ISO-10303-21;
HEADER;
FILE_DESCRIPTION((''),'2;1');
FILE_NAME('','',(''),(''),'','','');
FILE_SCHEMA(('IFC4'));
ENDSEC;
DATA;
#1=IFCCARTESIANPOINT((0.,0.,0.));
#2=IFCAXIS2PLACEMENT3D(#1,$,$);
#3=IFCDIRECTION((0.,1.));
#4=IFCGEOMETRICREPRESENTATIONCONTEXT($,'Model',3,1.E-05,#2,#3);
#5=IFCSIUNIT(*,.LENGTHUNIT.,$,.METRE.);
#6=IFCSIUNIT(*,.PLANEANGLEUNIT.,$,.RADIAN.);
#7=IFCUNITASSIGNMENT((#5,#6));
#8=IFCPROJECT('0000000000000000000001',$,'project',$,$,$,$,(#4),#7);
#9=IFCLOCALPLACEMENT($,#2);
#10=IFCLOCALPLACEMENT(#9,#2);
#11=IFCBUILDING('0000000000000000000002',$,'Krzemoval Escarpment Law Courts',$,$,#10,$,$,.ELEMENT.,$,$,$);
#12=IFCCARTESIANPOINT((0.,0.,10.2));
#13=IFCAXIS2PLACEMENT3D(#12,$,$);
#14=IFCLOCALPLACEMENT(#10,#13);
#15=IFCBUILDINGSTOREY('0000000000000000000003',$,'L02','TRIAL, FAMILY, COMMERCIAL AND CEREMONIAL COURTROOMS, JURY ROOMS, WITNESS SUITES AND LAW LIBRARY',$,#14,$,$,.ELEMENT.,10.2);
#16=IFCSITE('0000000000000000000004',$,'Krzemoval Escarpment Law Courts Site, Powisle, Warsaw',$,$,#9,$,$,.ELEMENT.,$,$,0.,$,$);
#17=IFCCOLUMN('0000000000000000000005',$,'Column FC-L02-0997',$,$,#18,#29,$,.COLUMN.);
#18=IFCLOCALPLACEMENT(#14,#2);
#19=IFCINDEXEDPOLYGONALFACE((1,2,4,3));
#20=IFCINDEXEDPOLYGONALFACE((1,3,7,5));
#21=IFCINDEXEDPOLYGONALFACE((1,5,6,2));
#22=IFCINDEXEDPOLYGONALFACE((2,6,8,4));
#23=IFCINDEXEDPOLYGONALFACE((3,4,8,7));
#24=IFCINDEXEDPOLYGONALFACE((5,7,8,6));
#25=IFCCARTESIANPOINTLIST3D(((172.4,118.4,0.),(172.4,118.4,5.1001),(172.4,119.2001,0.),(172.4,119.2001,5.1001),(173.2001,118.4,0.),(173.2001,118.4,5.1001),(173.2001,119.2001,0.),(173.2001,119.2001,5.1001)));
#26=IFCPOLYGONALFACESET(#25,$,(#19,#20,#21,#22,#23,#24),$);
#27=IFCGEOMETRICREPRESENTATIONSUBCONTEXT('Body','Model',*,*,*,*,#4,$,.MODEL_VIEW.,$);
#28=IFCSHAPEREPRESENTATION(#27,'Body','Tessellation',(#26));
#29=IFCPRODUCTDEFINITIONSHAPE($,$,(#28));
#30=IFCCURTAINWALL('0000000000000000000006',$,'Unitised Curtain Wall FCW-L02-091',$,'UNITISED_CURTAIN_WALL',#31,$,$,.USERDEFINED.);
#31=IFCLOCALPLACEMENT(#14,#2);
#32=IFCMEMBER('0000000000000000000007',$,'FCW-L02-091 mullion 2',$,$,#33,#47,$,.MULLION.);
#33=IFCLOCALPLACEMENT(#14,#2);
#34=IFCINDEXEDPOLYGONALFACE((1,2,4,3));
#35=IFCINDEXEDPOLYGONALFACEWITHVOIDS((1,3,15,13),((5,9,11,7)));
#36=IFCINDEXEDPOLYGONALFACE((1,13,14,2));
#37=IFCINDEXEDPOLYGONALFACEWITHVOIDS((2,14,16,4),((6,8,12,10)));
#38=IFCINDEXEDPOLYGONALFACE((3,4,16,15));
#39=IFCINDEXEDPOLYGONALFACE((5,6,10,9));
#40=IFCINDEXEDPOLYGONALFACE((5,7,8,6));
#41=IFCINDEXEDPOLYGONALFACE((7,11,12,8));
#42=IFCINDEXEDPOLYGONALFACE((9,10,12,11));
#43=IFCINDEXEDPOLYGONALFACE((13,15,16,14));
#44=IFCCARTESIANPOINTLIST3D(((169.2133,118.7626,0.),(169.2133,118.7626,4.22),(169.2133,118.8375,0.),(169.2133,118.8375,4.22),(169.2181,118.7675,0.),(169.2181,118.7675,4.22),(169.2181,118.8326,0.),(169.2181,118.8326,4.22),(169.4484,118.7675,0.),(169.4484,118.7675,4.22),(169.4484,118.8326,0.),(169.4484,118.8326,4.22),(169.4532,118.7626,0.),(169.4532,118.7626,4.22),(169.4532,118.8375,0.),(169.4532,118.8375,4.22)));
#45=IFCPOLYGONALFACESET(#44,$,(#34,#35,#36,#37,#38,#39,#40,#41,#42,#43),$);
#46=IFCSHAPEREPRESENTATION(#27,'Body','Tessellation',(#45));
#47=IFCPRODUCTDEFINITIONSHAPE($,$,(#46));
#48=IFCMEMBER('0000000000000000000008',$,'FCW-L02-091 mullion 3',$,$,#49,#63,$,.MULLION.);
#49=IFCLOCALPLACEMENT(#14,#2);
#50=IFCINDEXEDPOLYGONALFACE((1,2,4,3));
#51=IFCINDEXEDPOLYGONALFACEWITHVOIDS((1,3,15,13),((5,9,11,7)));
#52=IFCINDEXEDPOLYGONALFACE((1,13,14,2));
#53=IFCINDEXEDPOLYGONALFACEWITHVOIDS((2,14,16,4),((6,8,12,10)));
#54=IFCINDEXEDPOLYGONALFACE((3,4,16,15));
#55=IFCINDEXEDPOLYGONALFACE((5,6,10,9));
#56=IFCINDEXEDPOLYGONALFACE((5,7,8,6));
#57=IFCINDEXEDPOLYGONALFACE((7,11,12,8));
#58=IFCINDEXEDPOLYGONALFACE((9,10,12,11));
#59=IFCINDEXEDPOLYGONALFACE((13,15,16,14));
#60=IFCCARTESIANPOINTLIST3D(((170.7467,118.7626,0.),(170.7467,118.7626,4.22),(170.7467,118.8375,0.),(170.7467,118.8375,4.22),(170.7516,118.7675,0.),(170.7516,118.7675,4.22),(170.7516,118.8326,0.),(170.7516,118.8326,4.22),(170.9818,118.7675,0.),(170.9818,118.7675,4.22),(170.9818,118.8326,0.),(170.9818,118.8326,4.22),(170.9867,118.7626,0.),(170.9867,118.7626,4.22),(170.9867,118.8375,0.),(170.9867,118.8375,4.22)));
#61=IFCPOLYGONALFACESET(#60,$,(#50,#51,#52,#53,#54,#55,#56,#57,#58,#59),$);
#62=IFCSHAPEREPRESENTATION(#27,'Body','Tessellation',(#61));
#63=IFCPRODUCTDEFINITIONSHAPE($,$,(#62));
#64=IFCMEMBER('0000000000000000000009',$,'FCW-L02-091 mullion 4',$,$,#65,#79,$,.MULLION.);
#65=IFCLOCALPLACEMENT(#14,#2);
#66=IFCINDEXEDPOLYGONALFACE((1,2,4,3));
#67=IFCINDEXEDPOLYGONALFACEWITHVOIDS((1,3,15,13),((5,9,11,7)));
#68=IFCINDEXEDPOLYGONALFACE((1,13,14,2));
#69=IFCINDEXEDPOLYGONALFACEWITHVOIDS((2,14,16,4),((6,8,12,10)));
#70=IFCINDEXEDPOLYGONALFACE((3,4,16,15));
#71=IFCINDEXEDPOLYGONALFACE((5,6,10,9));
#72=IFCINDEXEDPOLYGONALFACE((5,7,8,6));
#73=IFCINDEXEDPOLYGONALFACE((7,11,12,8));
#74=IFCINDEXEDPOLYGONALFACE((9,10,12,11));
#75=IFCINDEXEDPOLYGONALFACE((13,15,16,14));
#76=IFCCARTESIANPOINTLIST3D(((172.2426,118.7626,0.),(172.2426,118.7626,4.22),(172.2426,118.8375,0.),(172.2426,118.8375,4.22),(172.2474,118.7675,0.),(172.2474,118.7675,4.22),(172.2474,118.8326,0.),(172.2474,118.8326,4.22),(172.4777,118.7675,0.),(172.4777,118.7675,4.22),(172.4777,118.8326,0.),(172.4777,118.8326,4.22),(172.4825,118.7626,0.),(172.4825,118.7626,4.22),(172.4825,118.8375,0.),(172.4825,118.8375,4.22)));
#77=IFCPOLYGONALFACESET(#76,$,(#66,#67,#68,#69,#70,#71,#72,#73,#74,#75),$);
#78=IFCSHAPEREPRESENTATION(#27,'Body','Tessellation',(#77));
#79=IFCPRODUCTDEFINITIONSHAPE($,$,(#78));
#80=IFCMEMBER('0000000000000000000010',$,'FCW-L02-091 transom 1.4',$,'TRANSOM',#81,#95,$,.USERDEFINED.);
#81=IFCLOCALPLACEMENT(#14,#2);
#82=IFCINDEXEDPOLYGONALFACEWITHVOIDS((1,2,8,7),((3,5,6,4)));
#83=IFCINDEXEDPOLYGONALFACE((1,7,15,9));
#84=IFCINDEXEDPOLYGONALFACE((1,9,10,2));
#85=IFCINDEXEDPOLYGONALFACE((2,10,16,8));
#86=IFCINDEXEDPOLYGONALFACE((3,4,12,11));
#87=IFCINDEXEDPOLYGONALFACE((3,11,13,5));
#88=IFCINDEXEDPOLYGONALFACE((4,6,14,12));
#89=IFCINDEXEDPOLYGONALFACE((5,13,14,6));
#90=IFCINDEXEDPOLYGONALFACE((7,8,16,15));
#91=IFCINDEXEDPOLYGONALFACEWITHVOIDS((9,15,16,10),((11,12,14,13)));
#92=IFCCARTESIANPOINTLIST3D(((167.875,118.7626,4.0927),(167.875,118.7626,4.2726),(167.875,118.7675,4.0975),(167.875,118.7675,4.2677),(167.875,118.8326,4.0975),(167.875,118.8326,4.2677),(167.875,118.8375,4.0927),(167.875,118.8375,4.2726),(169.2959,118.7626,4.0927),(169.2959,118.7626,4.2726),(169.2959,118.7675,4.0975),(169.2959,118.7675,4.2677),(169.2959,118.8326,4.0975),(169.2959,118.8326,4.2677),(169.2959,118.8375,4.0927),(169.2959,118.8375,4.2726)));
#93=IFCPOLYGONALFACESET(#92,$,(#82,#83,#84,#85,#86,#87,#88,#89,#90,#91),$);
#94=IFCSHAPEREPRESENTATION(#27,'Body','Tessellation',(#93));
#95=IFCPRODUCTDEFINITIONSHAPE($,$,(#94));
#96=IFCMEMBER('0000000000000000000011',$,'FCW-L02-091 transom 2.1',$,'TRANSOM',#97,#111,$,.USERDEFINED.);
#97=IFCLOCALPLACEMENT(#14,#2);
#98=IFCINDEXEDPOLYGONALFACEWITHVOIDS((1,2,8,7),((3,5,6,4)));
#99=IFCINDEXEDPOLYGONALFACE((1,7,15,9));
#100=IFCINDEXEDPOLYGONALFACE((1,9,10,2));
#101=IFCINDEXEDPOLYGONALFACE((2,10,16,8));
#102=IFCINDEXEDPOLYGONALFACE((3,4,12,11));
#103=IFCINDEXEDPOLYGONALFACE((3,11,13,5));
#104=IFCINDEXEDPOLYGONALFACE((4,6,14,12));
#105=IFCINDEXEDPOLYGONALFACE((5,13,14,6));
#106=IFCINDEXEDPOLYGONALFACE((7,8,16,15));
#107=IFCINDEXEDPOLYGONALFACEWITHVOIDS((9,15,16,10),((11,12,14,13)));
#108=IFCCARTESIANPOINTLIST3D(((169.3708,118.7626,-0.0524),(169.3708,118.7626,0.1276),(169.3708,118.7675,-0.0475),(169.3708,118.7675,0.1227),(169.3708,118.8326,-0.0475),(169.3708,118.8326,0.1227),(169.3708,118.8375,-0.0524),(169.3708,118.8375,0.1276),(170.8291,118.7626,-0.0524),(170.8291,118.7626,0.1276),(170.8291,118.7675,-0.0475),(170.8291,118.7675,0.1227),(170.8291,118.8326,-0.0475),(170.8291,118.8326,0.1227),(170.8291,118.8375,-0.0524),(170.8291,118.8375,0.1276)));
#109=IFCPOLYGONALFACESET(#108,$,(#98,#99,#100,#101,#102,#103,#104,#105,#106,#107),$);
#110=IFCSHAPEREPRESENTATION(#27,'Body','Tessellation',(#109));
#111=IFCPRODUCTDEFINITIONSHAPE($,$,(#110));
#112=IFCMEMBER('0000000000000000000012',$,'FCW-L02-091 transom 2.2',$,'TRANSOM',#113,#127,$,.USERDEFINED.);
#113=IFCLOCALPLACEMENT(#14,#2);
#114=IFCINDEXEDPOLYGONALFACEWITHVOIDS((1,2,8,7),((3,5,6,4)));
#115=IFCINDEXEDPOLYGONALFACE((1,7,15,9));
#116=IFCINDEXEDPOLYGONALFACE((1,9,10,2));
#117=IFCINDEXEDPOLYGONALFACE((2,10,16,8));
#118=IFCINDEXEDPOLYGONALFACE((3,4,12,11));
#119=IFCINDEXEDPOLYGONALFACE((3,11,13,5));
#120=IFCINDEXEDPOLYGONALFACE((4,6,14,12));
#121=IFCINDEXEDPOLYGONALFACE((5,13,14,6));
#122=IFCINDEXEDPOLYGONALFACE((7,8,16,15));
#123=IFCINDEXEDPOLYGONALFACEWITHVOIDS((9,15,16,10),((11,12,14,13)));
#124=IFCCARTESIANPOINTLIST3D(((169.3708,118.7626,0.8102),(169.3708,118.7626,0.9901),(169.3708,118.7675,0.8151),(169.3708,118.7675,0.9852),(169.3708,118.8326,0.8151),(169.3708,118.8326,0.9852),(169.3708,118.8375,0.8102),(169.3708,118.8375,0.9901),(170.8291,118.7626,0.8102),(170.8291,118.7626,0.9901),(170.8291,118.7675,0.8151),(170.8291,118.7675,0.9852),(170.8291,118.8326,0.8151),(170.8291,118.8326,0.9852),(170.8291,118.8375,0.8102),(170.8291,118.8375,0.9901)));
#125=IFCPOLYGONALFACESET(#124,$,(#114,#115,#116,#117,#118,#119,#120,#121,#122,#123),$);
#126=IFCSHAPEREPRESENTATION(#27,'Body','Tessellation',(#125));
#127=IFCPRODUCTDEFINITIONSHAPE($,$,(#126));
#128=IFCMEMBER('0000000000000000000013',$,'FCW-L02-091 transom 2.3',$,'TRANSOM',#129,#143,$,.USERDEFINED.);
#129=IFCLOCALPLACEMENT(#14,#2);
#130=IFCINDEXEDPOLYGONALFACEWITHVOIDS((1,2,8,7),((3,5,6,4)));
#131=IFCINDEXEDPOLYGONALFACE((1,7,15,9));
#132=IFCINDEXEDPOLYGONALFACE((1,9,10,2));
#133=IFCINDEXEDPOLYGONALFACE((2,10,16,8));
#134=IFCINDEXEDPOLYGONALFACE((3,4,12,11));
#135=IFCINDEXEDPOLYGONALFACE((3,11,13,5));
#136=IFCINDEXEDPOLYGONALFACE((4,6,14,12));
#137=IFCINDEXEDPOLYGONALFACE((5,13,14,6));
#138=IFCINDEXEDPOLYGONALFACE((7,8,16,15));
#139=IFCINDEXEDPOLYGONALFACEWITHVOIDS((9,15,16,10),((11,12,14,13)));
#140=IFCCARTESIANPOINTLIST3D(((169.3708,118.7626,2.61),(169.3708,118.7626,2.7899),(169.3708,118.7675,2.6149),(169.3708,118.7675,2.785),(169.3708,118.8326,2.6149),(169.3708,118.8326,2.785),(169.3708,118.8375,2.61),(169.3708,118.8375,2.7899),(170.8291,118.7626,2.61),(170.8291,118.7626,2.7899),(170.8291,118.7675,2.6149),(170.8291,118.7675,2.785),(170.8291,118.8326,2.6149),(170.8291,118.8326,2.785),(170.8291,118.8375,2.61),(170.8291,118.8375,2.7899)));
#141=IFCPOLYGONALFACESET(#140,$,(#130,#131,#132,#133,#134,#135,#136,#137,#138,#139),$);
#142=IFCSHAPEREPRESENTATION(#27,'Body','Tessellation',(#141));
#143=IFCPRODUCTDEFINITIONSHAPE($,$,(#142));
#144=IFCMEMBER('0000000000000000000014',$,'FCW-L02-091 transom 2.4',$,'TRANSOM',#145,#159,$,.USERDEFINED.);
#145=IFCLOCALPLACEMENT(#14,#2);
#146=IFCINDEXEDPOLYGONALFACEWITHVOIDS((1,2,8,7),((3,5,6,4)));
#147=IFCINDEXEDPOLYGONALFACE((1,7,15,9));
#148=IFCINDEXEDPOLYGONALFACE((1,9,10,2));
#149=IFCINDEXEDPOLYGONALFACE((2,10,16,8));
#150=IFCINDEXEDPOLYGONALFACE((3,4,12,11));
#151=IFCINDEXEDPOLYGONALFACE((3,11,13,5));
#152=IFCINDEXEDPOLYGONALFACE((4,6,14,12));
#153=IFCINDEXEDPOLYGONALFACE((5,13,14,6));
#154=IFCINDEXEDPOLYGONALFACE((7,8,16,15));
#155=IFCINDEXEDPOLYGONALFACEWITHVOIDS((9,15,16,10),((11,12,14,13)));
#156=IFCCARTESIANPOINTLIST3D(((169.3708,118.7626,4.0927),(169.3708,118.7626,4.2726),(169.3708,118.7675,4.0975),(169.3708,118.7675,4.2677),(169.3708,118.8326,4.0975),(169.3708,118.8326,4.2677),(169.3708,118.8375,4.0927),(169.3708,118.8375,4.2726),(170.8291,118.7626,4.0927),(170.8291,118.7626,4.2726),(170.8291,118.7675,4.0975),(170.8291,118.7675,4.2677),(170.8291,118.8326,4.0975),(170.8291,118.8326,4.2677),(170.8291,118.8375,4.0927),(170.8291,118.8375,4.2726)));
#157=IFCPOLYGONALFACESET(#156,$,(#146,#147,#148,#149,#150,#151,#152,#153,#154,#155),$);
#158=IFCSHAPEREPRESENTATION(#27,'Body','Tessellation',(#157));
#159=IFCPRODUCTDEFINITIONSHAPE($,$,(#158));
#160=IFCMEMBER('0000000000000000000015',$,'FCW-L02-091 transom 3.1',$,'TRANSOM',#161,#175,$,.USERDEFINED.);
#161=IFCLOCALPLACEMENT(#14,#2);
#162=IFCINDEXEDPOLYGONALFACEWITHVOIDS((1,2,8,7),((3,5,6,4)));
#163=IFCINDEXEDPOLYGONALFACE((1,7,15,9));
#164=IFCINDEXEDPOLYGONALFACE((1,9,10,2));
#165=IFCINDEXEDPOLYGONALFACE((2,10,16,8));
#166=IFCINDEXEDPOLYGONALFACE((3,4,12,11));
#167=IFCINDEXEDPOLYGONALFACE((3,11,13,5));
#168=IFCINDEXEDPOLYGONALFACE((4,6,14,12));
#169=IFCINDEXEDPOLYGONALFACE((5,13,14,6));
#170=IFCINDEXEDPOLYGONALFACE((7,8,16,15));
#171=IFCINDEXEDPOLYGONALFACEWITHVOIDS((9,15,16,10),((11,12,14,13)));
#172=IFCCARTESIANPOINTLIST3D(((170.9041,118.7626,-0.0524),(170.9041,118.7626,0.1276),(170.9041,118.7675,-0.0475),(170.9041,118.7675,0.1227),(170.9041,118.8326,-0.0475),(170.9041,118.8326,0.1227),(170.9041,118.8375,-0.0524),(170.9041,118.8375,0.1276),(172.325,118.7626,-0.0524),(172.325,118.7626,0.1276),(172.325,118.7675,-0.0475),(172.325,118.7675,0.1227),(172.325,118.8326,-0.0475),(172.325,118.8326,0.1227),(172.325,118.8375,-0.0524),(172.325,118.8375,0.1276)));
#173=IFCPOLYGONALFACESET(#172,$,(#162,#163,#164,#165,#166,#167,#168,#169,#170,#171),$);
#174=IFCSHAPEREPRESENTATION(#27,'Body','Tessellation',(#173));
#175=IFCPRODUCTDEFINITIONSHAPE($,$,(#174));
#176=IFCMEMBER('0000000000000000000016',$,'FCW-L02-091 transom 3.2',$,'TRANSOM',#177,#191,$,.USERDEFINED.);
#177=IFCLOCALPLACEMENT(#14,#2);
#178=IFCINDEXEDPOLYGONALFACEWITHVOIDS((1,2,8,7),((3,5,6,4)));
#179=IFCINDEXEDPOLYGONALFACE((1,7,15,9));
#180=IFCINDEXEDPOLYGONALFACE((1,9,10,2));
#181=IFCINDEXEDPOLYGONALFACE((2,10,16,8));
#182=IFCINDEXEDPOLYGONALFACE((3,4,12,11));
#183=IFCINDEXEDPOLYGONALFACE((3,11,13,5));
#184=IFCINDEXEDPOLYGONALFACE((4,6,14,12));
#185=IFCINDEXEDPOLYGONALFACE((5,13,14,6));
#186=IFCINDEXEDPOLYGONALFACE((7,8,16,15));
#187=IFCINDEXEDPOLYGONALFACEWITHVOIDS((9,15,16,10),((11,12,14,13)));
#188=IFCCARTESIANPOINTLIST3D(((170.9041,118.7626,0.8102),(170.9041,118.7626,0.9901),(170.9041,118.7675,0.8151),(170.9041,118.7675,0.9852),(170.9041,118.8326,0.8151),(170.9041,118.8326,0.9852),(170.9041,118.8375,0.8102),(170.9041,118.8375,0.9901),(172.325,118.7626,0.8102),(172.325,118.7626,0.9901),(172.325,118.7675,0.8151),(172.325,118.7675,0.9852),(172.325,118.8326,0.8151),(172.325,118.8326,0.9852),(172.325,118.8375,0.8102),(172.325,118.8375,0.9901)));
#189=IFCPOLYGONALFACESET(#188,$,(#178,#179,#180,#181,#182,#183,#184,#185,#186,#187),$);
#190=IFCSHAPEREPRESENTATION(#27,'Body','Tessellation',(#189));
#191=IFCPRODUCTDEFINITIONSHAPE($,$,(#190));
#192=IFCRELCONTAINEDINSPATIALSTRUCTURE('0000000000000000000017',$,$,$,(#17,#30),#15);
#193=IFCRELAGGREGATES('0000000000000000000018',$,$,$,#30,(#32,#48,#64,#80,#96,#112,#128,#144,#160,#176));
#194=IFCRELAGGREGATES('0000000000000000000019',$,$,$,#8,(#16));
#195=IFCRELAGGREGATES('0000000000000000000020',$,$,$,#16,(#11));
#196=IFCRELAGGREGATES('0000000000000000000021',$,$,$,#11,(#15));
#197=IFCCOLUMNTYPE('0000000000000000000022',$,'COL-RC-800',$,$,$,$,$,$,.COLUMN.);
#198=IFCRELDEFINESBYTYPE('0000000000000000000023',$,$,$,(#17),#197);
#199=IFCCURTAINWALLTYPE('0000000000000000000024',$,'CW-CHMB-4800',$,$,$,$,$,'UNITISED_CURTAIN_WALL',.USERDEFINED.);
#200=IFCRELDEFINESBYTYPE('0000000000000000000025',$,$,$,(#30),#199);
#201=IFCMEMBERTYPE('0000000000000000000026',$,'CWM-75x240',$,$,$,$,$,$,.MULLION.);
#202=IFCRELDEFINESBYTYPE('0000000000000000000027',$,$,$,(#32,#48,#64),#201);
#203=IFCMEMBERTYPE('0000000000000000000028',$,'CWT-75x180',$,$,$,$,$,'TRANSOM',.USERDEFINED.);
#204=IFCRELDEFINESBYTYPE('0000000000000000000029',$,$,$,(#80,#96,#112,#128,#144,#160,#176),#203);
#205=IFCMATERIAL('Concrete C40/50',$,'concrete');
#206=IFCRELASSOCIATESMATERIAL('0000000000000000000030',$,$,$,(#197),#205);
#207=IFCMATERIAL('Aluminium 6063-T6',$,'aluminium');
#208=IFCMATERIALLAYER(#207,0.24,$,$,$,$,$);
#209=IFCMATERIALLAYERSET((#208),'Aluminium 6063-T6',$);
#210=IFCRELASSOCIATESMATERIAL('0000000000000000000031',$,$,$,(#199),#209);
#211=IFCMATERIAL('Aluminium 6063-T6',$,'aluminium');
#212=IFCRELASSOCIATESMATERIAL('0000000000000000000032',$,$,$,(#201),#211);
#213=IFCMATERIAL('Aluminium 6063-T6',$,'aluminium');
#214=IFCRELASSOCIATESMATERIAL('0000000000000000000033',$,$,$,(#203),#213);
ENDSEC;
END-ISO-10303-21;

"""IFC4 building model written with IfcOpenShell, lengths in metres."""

from ifc_helpers import new_model, si_unit, direction, frame, origin, origin_2d, place, context, subcontext, project, spatial, rectangle, hollow_rectangle, extrude, material, layer, layer_set, material_profile, profile_set, type_object, element, aggregate, save


model = new_model("IFC4")

# Units and contexts
model_context = context("Model", 3, precision=1e-05, world=origin(), true_north=direction((0.0, 1.0)))
body_context = subcontext(model_context, "Body", "Model", "MODEL_VIEW")
ifc_project = project(units=[si_unit("LENGTHUNIT", "METRE"), si_unit("PLANEANGLEUNIT", "RADIAN")], contexts=[model_context])

# Site, building, storey
site_placement = place(None, origin())
site = spatial("IfcSite", under=ifc_project, at=site_placement, Name="Krzemoval Escarpment Law Courts Site, Powisle, Warsaw", CompositionType="ELEMENT", RefElevation=0.0)
building_placement = place(site_placement, origin())
building = spatial("IfcBuilding", under=site, at=building_placement, Name="Krzemoval Escarpment Law Courts", CompositionType="ELEMENT")
storey_placement = place(building_placement, frame((0.0, 0.0, 10.2)))
storey = spatial("IfcBuildingStorey", under=building, at=storey_placement, Name="L02", Description="TRIAL, FAMILY, COMMERCIAL AND CEREMONIAL COURTROOMS, JURY ROOMS, WITNESS SUITES AND LAW LIBRARY", CompositionType="ELEMENT", Elevation=10.2)

# Column
ifc_material_1 = material(Name="Concrete C40/50", Category="concrete")
ifc_material_profile_1 = material_profile(ifc_material_1, rectangle(XDim=0.8, YDim=0.8, at=origin_2d()), Name="RC 800x800")
ifc_profile_set_1 = profile_set([ifc_material_profile_1], Name="Concrete C40/50")
column_type = type_object("IfcColumnType", Name="COL-RC-800", PredefinedType="COLUMN", material=ifc_profile_set_1)
column_placement = place(storey_placement, frame((172.8, 118.8, 0.0), z_axis=(0.0, 0.0, 1.0), x_axis=(1.0, 0.0, 0.0)))
element("IfcColumn", 1, at=column_placement, inside=storey, type_object=column_type, Name="Column FC-L02-0997", PredefinedType="COLUMN", context=body_context, shape_type="SweptSolid", body=[
    extrude(rectangle(XDim=0.8, YDim=0.8, at=origin_2d()), origin(), (0.0, 0.0, 1.0), 5.1001),
])

# Curtain wall, members
ifc_material_2 = material(Name="Aluminium 6063-T6", Category="aluminium")
ifc_layer_1 = layer(ifc_material_2, 0.24)
ifc_layer_set_1 = layer_set([ifc_layer_1], Name="Aluminium 6063-T6")
curtain_wall_type = type_object("IfcCurtainWallType", Name="CW-CHMB-4800", ElementType="UNITISED_CURTAIN_WALL", PredefinedType="USERDEFINED", material=ifc_layer_set_1)
curtain_wall_placement = place(storey_placement, origin())
curtain_wall = element("IfcCurtainWall", 2, at=curtain_wall_placement, inside=storey, type_object=curtain_wall_type, Name="Unitised Curtain Wall FCW-L02-091", ObjectType="UNITISED_CURTAIN_WALL", PredefinedType="USERDEFINED")
ifc_material_3 = material(Name="Aluminium 6063-T6", Category="aluminium")
ifc_material_profile_2 = material_profile(ifc_material_3, hollow_rectangle(XDim=0.075, YDim=0.24, WallThickness=0.0049, at=origin_2d()), Name="ALU M75x240")
ifc_profile_set_2 = profile_set([ifc_material_profile_2], Name="Aluminium 6063-T6")
member_type_1 = type_object("IfcMemberType", Name="CWM-75x240", PredefinedType="MULLION", material=ifc_profile_set_2)
member_1_placement = place(storey_placement, frame((169.3333, 118.8, 0.0), z_axis=(0.0, 0.0, 1.0), x_axis=(0.0, 1.0, 0.0)))
member_1 = element("IfcMember", 3, at=member_1_placement, type_object=member_type_1, Name="FCW-L02-091 mullion 2", PredefinedType="MULLION", context=body_context, shape_type="SweptSolid", body=[
    extrude(hollow_rectangle(XDim=0.075, YDim=0.24, WallThickness=0.0049, at=origin_2d()), origin(), (0.0, 0.0, 1.0), 4.22),
])
member_2_placement = place(storey_placement, frame((170.8667, 118.8, 0.0), z_axis=(0.0, 0.0, 1.0), x_axis=(0.0, 1.0, 0.0)))
member_2 = element("IfcMember", 4, at=member_2_placement, type_object=member_type_1, Name="FCW-L02-091 mullion 3", PredefinedType="MULLION", context=body_context, shape_type="SweptSolid", body=[
    extrude(hollow_rectangle(XDim=0.075, YDim=0.24, WallThickness=0.0049, at=origin_2d()), origin(), (0.0, 0.0, 1.0), 4.22),
])
member_3_placement = place(storey_placement, frame((172.3625, 118.8, 0.0), z_axis=(0.0, 0.0, 1.0), x_axis=(0.0, 1.0, 0.0)))
member_3 = element("IfcMember", 5, at=member_3_placement, type_object=member_type_1, Name="FCW-L02-091 mullion 4", PredefinedType="MULLION", context=body_context, shape_type="SweptSolid", body=[
    extrude(hollow_rectangle(XDim=0.075, YDim=0.24, WallThickness=0.0049, at=origin_2d()), origin(), (0.0, 0.0, 1.0), 4.22),
])
ifc_material_4 = material(Name="Aluminium 6063-T6", Category="aluminium")
ifc_material_profile_3 = material_profile(ifc_material_4, hollow_rectangle(XDim=0.075, YDim=0.1799, WallThickness=0.0049, at=origin_2d()), Name="ALU T75x180")
ifc_profile_set_3 = profile_set([ifc_material_profile_3], Name="Aluminium 6063-T6")
member_type_2 = type_object("IfcMemberType", Name="CWT-75x180", ElementType="TRANSOM", PredefinedType="USERDEFINED", material=ifc_profile_set_3)
member_4_placement = place(storey_placement, frame((167.875, 118.8, 4.1826), z_axis=(1.0, 0.0, 0.0), x_axis=(0.0, 1.0, 0.0)))
member_4 = element("IfcMember", 6, at=member_4_placement, type_object=member_type_2, Name="FCW-L02-091 transom 1.4", ObjectType="TRANSOM", PredefinedType="USERDEFINED", context=body_context, shape_type="SweptSolid", body=[
    extrude(hollow_rectangle(XDim=0.075, YDim=0.1799, WallThickness=0.0049, at=origin_2d()), origin(), (0.0, 0.0, 1.0), 1.4209),
])
member_5_placement = place(storey_placement, frame((169.3708, 118.8, 0.0376), z_axis=(1.0, 0.0, 0.0), x_axis=(0.0, 1.0, 0.0)))
member_5 = element("IfcMember", 7, at=member_5_placement, type_object=member_type_2, Name="FCW-L02-091 transom 2.1", ObjectType="TRANSOM", PredefinedType="USERDEFINED", context=body_context, shape_type="SweptSolid", body=[
    extrude(hollow_rectangle(XDim=0.075, YDim=0.1799, WallThickness=0.0049, at=origin_2d()), origin(), (0.0, 0.0, 1.0), 1.4583),
])
member_6_placement = place(storey_placement, frame((169.3708, 118.8, 0.9001), z_axis=(1.0, 0.0, 0.0), x_axis=(0.0, 1.0, 0.0)))
member_6 = element("IfcMember", 8, at=member_6_placement, type_object=member_type_2, Name="FCW-L02-091 transom 2.2", ObjectType="TRANSOM", PredefinedType="USERDEFINED", context=body_context, shape_type="SweptSolid", body=[
    extrude(hollow_rectangle(XDim=0.075, YDim=0.1799, WallThickness=0.0049, at=origin_2d()), origin(), (0.0, 0.0, 1.0), 1.4583),
])
member_7_placement = place(storey_placement, frame((169.3708, 118.8, 2.7), z_axis=(1.0, 0.0, 0.0), x_axis=(0.0, 1.0, 0.0)))
member_7 = element("IfcMember", 9, at=member_7_placement, type_object=member_type_2, Name="FCW-L02-091 transom 2.3", ObjectType="TRANSOM", PredefinedType="USERDEFINED", context=body_context, shape_type="SweptSolid", body=[
    extrude(hollow_rectangle(XDim=0.075, YDim=0.1799, WallThickness=0.0049, at=origin_2d()), origin(), (0.0, 0.0, 1.0), 1.4583),
])
member_8_placement = place(storey_placement, frame((169.3708, 118.8, 4.1826), z_axis=(1.0, 0.0, 0.0), x_axis=(0.0, 1.0, 0.0)))
member_8 = element("IfcMember", 10, at=member_8_placement, type_object=member_type_2, Name="FCW-L02-091 transom 2.4", ObjectType="TRANSOM", PredefinedType="USERDEFINED", context=body_context, shape_type="SweptSolid", body=[
    extrude(hollow_rectangle(XDim=0.075, YDim=0.1799, WallThickness=0.0049, at=origin_2d()), origin(), (0.0, 0.0, 1.0), 1.4583),
])
member_9_placement = place(storey_placement, frame((170.9041, 118.8, 0.0376), z_axis=(1.0, 0.0, 0.0), x_axis=(0.0, 1.0, 0.0)))
member_9 = element("IfcMember", 11, at=member_9_placement, type_object=member_type_2, Name="FCW-L02-091 transom 3.1", ObjectType="TRANSOM", PredefinedType="USERDEFINED", context=body_context, shape_type="SweptSolid", body=[
    extrude(hollow_rectangle(XDim=0.075, YDim=0.1799, WallThickness=0.0049, at=origin_2d()), origin(), (0.0, 0.0, 1.0), 1.4209),
])
member_10_placement = place(storey_placement, frame((170.9041, 118.8, 0.9001), z_axis=(1.0, 0.0, 0.0), x_axis=(0.0, 1.0, 0.0)))
member_10 = element("IfcMember", 12, at=member_10_placement, type_object=member_type_2, Name="FCW-L02-091 transom 3.2", ObjectType="TRANSOM", PredefinedType="USERDEFINED", context=body_context, shape_type="SweptSolid", body=[
    extrude(hollow_rectangle(XDim=0.075, YDim=0.1799, WallThickness=0.0049, at=origin_2d()), origin(), (0.0, 0.0, 1.0), 1.4209),
])
aggregate(curtain_wall, [member_1, member_2, member_3, member_4, member_5, member_6, member_7, member_8, member_9, member_10])

save(model, "model.ifc")
